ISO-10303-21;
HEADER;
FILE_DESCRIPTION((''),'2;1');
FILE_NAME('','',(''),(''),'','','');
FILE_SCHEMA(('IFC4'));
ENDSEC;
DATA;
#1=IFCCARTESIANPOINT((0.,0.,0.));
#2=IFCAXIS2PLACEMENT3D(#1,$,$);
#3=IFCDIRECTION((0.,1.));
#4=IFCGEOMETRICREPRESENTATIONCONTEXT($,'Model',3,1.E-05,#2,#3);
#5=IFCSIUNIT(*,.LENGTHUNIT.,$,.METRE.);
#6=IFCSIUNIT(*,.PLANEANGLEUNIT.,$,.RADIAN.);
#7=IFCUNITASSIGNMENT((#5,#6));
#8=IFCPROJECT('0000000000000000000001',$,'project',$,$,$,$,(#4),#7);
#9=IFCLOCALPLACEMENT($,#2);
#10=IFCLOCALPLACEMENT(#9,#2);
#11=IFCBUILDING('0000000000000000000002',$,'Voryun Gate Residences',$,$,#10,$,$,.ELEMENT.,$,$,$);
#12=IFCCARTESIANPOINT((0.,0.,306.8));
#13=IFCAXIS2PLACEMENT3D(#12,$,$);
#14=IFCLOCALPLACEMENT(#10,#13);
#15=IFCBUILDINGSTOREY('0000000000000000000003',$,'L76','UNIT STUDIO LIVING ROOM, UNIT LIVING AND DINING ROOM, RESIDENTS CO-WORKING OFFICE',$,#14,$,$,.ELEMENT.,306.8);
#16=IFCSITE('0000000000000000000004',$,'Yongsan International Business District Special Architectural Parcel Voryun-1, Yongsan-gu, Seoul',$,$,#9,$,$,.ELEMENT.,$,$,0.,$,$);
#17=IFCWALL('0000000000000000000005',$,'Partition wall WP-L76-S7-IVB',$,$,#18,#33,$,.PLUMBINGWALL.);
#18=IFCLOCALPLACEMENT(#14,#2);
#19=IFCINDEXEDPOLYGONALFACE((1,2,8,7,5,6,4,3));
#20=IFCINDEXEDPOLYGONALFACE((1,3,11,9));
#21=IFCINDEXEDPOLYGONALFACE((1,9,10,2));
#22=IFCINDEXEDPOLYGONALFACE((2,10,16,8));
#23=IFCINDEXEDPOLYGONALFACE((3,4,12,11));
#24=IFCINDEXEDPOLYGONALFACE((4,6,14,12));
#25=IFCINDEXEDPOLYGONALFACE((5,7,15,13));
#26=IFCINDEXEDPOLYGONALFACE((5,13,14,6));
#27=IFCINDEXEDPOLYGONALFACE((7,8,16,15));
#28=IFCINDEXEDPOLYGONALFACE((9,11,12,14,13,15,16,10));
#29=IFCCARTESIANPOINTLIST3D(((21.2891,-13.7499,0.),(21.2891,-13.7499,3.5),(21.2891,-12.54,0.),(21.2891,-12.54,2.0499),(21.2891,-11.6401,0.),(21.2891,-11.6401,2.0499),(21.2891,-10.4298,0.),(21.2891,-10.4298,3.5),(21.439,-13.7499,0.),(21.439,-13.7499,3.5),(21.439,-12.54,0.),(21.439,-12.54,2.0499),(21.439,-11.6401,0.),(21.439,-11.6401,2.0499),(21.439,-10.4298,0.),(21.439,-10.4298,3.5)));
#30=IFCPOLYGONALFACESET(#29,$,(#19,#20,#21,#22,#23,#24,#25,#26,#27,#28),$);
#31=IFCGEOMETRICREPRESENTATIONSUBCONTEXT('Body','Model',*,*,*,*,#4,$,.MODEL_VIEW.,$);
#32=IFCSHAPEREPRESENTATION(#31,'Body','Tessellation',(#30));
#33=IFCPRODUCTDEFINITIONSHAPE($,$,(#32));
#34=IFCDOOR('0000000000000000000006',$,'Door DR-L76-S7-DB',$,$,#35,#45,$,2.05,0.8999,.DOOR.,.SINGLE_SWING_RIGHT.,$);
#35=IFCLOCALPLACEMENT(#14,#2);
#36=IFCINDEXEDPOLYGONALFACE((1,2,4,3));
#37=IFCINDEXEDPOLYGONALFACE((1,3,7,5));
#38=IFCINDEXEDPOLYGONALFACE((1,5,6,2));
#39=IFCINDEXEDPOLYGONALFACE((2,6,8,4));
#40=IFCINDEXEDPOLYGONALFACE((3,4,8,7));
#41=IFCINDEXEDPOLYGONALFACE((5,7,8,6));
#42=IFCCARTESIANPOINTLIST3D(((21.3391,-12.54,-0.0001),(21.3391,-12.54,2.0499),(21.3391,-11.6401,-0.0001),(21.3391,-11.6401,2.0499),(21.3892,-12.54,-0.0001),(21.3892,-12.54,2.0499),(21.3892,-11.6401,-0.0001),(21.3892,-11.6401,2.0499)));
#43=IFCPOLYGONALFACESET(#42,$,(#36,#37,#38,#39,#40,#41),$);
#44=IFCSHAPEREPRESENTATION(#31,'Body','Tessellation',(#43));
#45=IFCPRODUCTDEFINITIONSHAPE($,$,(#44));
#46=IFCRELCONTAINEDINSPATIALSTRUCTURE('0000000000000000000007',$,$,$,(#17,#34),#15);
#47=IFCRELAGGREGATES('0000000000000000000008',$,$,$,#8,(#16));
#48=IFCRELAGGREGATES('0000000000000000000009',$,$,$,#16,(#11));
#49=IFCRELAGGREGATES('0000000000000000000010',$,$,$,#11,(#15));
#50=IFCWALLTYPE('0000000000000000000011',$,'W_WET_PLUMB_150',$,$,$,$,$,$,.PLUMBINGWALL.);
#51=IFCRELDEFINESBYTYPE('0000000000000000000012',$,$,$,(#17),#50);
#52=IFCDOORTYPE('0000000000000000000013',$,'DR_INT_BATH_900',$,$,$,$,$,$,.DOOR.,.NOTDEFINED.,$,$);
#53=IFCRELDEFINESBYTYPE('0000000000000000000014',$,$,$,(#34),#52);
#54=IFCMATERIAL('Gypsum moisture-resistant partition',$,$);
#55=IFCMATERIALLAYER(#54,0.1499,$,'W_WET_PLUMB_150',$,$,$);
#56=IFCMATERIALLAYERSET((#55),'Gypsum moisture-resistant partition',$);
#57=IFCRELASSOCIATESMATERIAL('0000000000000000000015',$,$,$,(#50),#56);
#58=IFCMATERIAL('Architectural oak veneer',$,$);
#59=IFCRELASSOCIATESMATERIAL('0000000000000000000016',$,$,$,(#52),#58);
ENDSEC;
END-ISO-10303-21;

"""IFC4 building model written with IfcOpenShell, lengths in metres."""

from ifc_helpers import new_model, si_unit, direction, frame, frame_2d, origin, place, context, subcontext, project, spatial, rectangle, extrude, material, layer, layer_set, type_object, element, fill, save


model = new_model("IFC4")

# Units and contexts
model_context = context("Model", 3, precision=1e-05, world=origin(), true_north=direction((0.0, 1.0)))
body_context = subcontext(model_context, "Body", "Model", "MODEL_VIEW")
ifc_project = project(units=[si_unit("LENGTHUNIT", "METRE"), si_unit("PLANEANGLEUNIT", "RADIAN")], contexts=[model_context])

# Site, building, storey
site_placement = place(None, origin())
site = spatial("IfcSite", under=ifc_project, at=site_placement, Name="Yongsan International Business District Special Architectural Parcel Voryun-1, Yongsan-gu, Seoul", CompositionType="ELEMENT", RefElevation=0.0)
building_placement = place(site_placement, origin())
building = spatial("IfcBuilding", under=site, at=building_placement, Name="Voryun Gate Residences", CompositionType="ELEMENT")
storey_placement = place(building_placement, frame((0.0, 0.0, 306.8)))
storey = spatial("IfcBuildingStorey", under=building, at=storey_placement, Name="L76", Description="UNIT STUDIO LIVING ROOM, UNIT LIVING AND DINING ROOM, RESIDENTS CO-WORKING OFFICE", CompositionType="ELEMENT", Elevation=306.8)

# Shared definitions
ifc_material_1 = material(Name="Gypsum moisture-resistant partition")
ifc_layer_1 = layer(ifc_material_1, 0.1499, Name="W_WET_PLUMB_150")
ifc_layer_set_1 = layer_set([ifc_layer_1], Name="Gypsum moisture-resistant partition")
wall_type_1 = type_object("IfcWallType", Name="W_WET_PLUMB_150", PredefinedType="PLUMBINGWALL", material=ifc_layer_set_1)

# Wall, opening, door
wall_1_placement = place(storey_placement, frame((21.364, -13.75, 0.0), z_axis=(0.0, 0.0, 1.0), x_axis=(0.0, 1.0, 0.0)))
wall_1 = element("IfcWall", 1, at=wall_1_placement, inside=storey, type_object=wall_type_1, Name="Partition wall WP-L76-S7-IVB", PredefinedType="PLUMBINGWALL", context=body_context, shape_type="SweptSolid", body=[
    extrude(rectangle(XDim=3.3201, YDim=0.1499, at=frame_2d((1.6602, 0.0))), origin(), (0.0, 0.0, 1.0), 3.5),
])
opening_1_placement = place(wall_1_placement, frame((1.21, 0.0, 0.0)))
opening_1 = element("IfcOpeningElement", 2, at=opening_1_placement, cuts=wall_1, PredefinedType="OPENING", context=body_context, shape_type="SweptSolid", body=[
    extrude(rectangle(XDim=0.8999, YDim=2.05, at=frame_2d((0.45, 1.0249))), frame((0.0, 0.085, 0.0), z_axis=(0.0, -1.0, 0.0), x_axis=(1.0, 0.0, 0.0)), (0.0, 0.0, 1.0), 0.1699),
])
ifc_material_2 = material(Name="Architectural oak veneer")
door_type_1 = type_object("IfcDoorType", Name="DR_INT_BATH_900", OperationType="NOTDEFINED", PredefinedType="DOOR", material=ifc_material_2)
door_1_placement = place(opening_1_placement, origin())
door_1 = element("IfcDoor", 3, at=door_1_placement, inside=storey, type_object=door_type_1, Name="Door DR-L76-S7-DB", OperationType="SINGLE_SWING_RIGHT", OverallHeight=2.05, OverallWidth=0.8999, PredefinedType="DOOR", context=body_context, shape_type="SweptSolid", body=[
    extrude(rectangle(XDim=0.8999, YDim=2.05, at=frame_2d((0.45, 1.0249))), frame((0.0, 0.0249, 0.0), z_axis=(0.0, -1.0, 0.0), x_axis=(1.0, 0.0, 0.0)), (0.0, 0.0, 1.0), 0.05),
])
fill(opening_1, door_1)

save(model, "model.ifc")
